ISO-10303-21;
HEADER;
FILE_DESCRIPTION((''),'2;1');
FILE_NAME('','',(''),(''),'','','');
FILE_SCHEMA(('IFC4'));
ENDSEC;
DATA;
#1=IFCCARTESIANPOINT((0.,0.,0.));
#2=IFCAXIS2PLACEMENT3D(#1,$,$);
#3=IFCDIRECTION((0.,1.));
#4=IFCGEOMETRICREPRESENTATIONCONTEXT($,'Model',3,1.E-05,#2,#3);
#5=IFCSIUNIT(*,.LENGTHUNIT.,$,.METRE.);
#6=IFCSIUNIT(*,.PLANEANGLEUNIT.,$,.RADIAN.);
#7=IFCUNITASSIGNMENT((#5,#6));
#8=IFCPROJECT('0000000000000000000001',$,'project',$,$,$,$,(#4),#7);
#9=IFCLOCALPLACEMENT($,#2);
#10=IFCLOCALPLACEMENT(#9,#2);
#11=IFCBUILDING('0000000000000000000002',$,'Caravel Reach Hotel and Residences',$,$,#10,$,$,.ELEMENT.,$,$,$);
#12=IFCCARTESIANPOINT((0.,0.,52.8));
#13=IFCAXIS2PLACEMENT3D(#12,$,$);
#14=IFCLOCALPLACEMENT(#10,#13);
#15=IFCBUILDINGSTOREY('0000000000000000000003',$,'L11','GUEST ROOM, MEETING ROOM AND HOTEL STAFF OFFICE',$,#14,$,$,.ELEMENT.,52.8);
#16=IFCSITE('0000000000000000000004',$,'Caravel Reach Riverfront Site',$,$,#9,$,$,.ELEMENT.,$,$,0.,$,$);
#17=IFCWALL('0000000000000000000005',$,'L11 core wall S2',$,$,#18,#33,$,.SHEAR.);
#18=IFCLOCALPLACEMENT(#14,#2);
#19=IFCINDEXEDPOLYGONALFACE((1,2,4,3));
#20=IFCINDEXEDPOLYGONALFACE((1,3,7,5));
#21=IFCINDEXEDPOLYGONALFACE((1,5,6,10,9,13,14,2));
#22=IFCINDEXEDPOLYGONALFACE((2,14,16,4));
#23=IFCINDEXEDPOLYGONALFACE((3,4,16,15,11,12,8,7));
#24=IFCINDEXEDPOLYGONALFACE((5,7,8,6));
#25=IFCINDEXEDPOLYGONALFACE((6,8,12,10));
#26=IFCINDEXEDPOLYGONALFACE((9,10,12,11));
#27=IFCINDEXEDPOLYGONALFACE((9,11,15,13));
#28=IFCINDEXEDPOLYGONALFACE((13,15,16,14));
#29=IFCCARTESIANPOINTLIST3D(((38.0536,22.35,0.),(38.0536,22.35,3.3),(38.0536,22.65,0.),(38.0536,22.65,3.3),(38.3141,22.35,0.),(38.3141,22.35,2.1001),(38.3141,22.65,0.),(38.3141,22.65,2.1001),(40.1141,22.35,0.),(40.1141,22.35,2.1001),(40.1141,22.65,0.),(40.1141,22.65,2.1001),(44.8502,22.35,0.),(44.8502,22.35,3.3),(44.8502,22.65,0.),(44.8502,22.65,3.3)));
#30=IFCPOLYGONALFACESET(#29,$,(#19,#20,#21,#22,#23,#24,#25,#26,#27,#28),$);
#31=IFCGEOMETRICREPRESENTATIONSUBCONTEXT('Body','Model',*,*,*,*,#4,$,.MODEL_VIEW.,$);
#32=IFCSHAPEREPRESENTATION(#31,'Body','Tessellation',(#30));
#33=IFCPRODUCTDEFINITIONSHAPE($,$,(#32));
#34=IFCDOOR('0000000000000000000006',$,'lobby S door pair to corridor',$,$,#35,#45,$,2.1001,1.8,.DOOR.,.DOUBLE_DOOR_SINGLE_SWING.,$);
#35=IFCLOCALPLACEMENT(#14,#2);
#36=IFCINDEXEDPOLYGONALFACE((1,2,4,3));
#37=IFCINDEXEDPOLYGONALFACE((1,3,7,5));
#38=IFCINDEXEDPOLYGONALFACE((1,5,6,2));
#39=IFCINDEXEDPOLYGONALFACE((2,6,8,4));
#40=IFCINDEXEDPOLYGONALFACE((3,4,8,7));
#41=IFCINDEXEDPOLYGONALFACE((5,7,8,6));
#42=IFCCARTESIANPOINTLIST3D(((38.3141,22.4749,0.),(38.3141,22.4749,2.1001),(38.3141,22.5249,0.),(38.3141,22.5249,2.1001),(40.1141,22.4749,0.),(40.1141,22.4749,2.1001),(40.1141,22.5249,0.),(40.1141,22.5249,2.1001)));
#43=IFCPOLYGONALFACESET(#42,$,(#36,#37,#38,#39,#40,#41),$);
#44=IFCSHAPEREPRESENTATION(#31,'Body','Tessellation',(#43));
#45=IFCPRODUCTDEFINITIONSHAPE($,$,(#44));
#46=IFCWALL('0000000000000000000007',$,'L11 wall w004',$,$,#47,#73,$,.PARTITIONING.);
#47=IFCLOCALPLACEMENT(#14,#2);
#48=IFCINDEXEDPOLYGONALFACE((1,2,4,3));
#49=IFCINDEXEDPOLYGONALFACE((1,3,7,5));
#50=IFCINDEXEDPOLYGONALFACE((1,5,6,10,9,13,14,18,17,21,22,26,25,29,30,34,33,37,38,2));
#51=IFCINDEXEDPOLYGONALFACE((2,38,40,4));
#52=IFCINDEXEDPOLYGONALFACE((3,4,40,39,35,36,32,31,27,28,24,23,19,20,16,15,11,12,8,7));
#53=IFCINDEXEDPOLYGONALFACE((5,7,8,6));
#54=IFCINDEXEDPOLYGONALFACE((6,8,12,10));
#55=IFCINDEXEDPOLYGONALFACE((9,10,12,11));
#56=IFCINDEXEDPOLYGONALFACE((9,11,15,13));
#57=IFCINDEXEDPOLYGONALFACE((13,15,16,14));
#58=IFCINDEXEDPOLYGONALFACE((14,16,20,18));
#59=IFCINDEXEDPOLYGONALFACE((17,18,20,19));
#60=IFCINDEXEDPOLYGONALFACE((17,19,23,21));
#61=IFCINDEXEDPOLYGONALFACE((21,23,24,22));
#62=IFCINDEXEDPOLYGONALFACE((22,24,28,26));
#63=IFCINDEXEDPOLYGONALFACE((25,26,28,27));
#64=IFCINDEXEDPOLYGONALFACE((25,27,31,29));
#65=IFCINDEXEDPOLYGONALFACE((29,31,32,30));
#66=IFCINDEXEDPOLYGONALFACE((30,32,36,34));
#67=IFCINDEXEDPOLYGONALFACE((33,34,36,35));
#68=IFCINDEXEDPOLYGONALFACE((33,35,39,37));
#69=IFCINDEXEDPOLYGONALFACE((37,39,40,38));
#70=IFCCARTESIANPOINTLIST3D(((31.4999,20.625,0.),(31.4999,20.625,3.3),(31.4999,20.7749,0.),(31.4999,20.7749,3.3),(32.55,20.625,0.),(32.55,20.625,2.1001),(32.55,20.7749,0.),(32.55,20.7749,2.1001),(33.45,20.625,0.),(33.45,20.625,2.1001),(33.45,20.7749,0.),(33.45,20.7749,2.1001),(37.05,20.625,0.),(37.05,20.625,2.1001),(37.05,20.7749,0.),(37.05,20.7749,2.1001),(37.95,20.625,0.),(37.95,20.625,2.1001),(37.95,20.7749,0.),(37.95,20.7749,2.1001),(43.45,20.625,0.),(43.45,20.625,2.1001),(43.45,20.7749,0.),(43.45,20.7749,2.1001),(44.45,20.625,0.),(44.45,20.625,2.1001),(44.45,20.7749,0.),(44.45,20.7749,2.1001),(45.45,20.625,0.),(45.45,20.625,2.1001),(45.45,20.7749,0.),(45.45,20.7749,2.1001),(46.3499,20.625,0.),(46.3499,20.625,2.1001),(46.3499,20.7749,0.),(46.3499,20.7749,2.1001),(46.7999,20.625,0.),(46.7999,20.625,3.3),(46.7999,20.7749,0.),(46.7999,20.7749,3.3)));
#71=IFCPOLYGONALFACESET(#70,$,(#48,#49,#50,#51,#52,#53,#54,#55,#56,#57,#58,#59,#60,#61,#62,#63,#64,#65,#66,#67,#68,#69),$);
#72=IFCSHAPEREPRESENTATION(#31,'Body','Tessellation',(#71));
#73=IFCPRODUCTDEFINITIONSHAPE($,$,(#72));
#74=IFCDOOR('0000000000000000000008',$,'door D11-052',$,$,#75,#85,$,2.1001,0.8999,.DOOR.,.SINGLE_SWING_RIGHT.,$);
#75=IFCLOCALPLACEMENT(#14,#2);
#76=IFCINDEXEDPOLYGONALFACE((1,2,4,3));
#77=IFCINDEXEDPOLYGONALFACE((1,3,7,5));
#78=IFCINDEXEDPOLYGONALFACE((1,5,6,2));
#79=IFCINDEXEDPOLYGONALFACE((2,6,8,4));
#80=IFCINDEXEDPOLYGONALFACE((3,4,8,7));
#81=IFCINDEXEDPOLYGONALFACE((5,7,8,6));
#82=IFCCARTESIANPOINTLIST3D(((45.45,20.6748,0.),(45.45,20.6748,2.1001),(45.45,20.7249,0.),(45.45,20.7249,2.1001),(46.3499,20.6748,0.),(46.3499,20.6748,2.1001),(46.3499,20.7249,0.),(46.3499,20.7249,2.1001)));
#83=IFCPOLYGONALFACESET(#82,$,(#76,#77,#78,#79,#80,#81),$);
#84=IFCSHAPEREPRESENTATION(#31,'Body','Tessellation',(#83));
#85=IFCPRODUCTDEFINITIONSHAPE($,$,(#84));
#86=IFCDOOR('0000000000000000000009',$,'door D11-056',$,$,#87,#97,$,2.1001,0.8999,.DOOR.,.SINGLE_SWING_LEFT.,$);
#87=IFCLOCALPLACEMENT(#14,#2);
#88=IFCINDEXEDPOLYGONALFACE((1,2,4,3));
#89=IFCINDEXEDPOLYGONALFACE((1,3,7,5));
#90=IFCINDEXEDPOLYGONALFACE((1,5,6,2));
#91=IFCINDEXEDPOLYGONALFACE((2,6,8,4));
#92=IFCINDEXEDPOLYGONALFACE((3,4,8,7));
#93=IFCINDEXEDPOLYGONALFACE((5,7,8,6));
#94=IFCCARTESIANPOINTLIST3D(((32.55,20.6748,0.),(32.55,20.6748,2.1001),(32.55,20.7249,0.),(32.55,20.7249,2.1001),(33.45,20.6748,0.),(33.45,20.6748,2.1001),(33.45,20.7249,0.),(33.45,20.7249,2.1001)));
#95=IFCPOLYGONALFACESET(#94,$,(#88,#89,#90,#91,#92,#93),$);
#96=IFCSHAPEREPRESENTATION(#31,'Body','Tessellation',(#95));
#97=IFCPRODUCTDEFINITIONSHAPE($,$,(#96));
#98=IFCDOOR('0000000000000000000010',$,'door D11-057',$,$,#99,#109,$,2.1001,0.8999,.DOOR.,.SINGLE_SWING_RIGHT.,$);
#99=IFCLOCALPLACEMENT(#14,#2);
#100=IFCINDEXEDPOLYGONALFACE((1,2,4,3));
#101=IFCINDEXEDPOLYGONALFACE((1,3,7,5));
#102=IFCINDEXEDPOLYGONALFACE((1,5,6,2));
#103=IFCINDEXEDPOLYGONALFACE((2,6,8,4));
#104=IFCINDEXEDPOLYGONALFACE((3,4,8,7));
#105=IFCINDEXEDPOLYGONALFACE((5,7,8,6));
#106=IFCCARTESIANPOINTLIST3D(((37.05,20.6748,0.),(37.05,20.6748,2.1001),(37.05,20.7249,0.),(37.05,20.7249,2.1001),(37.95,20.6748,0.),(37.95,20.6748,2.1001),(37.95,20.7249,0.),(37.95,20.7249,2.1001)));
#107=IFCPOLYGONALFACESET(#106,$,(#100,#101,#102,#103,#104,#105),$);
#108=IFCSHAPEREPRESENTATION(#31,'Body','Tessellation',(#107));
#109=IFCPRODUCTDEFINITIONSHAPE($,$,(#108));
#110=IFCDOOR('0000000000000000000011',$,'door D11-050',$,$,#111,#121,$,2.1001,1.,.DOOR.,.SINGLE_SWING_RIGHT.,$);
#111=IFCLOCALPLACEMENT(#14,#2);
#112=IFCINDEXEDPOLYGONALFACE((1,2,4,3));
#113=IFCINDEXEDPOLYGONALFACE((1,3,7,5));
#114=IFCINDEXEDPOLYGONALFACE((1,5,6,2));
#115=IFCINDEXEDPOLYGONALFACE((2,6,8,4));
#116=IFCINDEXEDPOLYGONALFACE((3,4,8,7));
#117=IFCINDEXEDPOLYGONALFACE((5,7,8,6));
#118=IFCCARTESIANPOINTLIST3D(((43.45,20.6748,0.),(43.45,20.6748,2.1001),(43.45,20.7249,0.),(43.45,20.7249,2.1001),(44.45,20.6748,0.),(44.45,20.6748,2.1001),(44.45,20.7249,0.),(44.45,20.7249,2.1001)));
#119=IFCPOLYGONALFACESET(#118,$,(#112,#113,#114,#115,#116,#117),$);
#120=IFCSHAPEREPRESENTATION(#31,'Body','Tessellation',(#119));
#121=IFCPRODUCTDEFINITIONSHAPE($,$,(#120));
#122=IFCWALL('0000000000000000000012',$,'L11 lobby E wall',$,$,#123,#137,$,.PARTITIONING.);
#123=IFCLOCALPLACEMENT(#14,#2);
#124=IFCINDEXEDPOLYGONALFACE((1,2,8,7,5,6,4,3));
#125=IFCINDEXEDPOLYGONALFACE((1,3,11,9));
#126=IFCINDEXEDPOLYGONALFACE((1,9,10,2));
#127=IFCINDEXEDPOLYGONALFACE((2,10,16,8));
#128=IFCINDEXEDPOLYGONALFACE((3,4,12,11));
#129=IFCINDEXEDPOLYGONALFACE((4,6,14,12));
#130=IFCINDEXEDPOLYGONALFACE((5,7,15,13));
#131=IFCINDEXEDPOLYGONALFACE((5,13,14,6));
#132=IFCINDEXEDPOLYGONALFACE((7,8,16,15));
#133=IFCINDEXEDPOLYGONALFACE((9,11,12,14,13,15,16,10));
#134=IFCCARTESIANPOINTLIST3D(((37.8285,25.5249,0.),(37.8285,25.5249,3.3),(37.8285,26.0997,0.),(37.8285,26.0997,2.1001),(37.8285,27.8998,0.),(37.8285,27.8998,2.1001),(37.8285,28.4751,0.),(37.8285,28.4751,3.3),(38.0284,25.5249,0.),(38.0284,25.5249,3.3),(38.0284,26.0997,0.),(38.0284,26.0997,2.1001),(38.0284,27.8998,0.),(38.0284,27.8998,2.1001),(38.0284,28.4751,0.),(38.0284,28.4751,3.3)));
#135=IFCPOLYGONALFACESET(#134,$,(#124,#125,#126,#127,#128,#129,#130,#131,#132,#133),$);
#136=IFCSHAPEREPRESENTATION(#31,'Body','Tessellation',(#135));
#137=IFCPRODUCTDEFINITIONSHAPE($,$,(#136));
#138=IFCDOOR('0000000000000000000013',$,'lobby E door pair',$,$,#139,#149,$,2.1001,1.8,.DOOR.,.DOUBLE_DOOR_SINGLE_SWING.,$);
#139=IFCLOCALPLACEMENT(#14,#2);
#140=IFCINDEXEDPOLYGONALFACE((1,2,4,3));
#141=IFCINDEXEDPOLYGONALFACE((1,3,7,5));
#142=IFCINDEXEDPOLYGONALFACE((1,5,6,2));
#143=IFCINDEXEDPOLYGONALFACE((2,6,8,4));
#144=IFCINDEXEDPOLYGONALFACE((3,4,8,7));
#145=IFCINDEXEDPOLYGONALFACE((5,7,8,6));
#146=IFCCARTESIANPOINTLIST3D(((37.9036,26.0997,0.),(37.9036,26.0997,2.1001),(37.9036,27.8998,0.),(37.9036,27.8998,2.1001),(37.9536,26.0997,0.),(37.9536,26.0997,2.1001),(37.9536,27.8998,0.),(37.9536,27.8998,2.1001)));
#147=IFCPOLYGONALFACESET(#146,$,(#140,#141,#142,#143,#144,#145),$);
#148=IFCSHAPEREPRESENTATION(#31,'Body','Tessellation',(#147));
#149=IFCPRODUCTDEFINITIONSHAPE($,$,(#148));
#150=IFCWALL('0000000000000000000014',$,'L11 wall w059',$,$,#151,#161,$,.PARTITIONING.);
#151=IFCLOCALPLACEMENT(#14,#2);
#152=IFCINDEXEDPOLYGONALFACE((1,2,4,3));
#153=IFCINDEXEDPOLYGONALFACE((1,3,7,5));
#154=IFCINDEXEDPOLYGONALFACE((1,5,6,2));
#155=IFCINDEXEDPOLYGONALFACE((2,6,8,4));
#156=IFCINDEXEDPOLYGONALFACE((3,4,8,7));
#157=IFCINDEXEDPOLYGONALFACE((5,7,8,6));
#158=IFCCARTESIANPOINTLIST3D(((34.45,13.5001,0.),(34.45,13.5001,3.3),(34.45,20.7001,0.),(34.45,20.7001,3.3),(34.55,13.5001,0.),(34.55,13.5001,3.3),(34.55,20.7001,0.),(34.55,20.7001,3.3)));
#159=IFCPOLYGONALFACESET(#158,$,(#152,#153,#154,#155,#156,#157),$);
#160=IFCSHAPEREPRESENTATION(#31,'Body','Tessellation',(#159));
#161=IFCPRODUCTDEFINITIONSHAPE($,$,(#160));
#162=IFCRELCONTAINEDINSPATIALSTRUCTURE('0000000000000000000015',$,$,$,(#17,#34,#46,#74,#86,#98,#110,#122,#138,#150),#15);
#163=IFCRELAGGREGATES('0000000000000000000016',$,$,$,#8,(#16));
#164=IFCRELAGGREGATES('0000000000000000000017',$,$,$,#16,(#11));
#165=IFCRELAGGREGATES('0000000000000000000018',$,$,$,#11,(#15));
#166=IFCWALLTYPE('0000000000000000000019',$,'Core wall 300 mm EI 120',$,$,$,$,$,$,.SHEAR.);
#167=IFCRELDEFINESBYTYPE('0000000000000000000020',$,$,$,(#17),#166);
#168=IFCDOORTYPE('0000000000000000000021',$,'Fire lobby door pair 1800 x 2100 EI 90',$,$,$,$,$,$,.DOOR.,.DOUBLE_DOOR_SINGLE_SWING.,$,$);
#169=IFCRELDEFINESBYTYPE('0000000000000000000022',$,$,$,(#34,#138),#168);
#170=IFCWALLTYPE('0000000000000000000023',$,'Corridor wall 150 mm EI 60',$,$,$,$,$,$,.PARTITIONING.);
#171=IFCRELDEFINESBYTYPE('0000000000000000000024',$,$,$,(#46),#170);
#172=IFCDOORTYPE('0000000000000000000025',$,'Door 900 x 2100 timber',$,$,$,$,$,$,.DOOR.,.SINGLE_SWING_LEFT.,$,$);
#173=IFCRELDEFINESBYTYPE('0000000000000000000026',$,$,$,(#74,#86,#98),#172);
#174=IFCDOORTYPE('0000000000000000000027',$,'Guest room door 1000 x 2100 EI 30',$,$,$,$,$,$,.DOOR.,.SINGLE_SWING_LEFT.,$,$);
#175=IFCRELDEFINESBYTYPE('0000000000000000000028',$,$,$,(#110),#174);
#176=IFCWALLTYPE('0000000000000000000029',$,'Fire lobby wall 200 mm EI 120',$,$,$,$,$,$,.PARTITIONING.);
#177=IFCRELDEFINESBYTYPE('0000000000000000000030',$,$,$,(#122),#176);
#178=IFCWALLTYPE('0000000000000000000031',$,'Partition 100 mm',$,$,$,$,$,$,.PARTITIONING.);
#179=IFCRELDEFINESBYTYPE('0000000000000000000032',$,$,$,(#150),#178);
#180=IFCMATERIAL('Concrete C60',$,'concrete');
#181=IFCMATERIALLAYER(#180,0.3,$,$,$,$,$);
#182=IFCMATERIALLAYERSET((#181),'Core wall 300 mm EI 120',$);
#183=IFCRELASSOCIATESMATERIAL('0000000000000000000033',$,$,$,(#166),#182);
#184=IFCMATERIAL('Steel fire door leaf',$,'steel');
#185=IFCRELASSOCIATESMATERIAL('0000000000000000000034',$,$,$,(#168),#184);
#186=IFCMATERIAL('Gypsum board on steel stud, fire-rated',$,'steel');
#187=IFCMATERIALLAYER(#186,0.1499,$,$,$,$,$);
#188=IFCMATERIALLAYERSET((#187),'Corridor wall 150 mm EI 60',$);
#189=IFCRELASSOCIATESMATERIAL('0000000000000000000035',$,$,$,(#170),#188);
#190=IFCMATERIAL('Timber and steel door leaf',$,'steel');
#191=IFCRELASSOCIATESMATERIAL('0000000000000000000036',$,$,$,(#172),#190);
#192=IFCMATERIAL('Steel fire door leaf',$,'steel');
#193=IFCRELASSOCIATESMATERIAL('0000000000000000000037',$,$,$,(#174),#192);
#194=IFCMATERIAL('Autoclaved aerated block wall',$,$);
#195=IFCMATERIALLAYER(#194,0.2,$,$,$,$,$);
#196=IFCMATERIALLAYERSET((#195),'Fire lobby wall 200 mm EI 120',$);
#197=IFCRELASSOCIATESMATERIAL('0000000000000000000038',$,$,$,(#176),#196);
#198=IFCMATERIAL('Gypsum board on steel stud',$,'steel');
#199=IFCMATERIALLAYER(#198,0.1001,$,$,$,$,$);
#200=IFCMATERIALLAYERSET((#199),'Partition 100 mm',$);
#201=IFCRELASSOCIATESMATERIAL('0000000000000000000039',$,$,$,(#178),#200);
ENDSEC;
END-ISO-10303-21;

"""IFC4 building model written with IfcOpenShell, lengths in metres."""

from ifc_helpers import new_model, si_unit, direction, frame, frame_2d, origin, place, context, subcontext, project, spatial, rectangle, extrude, material, layer, layer_set, type_object, element, fill, save


model = new_model("IFC4")

# Units and contexts
model_context = context("Model", 3, precision=1e-05, world=origin(), true_north=direction((0.0, 1.0)))
body_context = subcontext(model_context, "Body", "Model", "MODEL_VIEW")
ifc_project = project(units=[si_unit("LENGTHUNIT", "METRE"), si_unit("PLANEANGLEUNIT", "RADIAN")], contexts=[model_context])

# Site, building, storey
site_placement = place(None, origin())
site = spatial("IfcSite", under=ifc_project, at=site_placement, Name="Caravel Reach Riverfront Site", CompositionType="ELEMENT", RefElevation=0.0)
building_placement = place(site_placement, origin())
building = spatial("IfcBuilding", under=site, at=building_placement, Name="Caravel Reach Hotel and Residences", CompositionType="ELEMENT")
storey_placement = place(building_placement, frame((0.0, 0.0, 52.8)))
storey = spatial("IfcBuildingStorey", under=building, at=storey_placement, Name="L11", Description="GUEST ROOM, MEETING ROOM AND HOTEL STAFF OFFICE", CompositionType="ELEMENT", Elevation=52.8)

# Wall, opening, door
ifc_material_1 = material(Name="Concrete C60", Category="concrete")
ifc_layer_1 = layer(ifc_material_1, 0.3)
ifc_layer_set_1 = layer_set([ifc_layer_1], Name="Core wall 300 mm EI 120")
wall_type_1 = type_object("IfcWallType", Name="Core wall 300 mm EI 120", PredefinedType="SHEAR", material=ifc_layer_set_1)
wall_1_placement = place(storey_placement, frame((38.0535, 22.5, 0.0), z_axis=(0.0, 0.0, 1.0), x_axis=(1.0, 0.0, 0.0)))
wall_1 = element("IfcWall", 1, at=wall_1_placement, inside=storey, type_object=wall_type_1, Name="L11 core wall S2", PredefinedType="SHEAR", context=body_context, shape_type="SweptSolid", body=[
    extrude(rectangle(XDim=6.7966, YDim=0.3, at=frame_2d((3.3984, 0.0))), origin(), (0.0, 0.0, 1.0), 3.3),
])
opening_1_placement = place(wall_1_placement, frame((0.2607, 0.0, 0.0)))
opening_1 = element("IfcOpeningElement", 2, at=opening_1_placement, cuts=wall_1, PredefinedType="OPENING", context=body_context, shape_type="SweptSolid", body=[
    extrude(rectangle(XDim=1.8, YDim=2.1001, at=frame_2d((0.8999, 1.05))), frame((0.0, 0.1599, 0.0), z_axis=(0.0, -1.0, 0.0), x_axis=(1.0, 0.0, 0.0)), (0.0, 0.0, 1.0), 0.3201),
])
ifc_material_2 = material(Name="Steel fire door leaf", Category="steel")
door_type_1 = type_object("IfcDoorType", Name="Fire lobby door pair 1800 x 2100 EI 90", OperationType="DOUBLE_DOOR_SINGLE_SWING", PredefinedType="DOOR", material=ifc_material_2)
door_1_placement = place(opening_1_placement, origin())
door_1 = element("IfcDoor", 3, at=door_1_placement, inside=storey, type_object=door_type_1, Name="lobby S door pair to corridor", OperationType="DOUBLE_DOOR_SINGLE_SWING", OverallHeight=2.1001, OverallWidth=1.8, PredefinedType="DOOR", context=body_context, shape_type="SweptSolid", body=[
    extrude(rectangle(XDim=1.8, YDim=2.1001, at=frame_2d((0.8999, 1.05))), frame((0.0, 0.0249, 0.0), z_axis=(0.0, -1.0, 0.0), x_axis=(1.0, 0.0, 0.0)), (0.0, 0.0, 1.0), 0.05),
])
fill(opening_1, door_1)

# Wall, openings, doors
ifc_material_3 = material(Name="Gypsum board on steel stud, fire-rated", Category="steel")
ifc_layer_2 = layer(ifc_material_3, 0.1499)
ifc_layer_set_2 = layer_set([ifc_layer_2], Name="Corridor wall 150 mm EI 60")
wall_type_2 = type_object("IfcWallType", Name="Corridor wall 150 mm EI 60", PredefinedType="PARTITIONING", material=ifc_layer_set_2)
wall_2_placement = place(storey_placement, frame((31.5, 20.7, 0.0), z_axis=(0.0, 0.0, 1.0), x_axis=(1.0, 0.0, 0.0)))
wall_2 = element("IfcWall", 4, at=wall_2_placement, inside=storey, type_object=wall_type_2, Name="L11 wall w004", PredefinedType="PARTITIONING", context=body_context, shape_type="SweptSolid", body=[
    extrude(rectangle(XDim=15.3, YDim=0.1499, at=frame_2d((7.6499, 0.0))), origin(), (0.0, 0.0, 1.0), 3.3),
])
opening_2_placement = place(wall_2_placement, frame((11.95, 0.0, 0.0)))
opening_2 = element("IfcOpeningElement", 5, at=opening_2_placement, cuts=wall_2, PredefinedType="OPENING", context=body_context, shape_type="SweptSolid", body=[
    extrude(rectangle(XDim=1.0, YDim=2.1001, at=frame_2d((0.5, 1.05))), frame((0.0, 0.085, 0.0), z_axis=(0.0, -1.0, 0.0), x_axis=(1.0, 0.0, 0.0)), (0.0, 0.0, 1.0), 0.1699),
])
opening_3_placement = place(wall_2_placement, frame((13.95, 0.0, 0.0)))
opening_3 = element("IfcOpeningElement", 6, at=opening_3_placement, cuts=wall_2, PredefinedType="OPENING", context=body_context, shape_type="SweptSolid", body=[
    extrude(rectangle(XDim=0.8999, YDim=2.1001, at=frame_2d((0.45, 1.05))), frame((0.0, 0.085, 0.0), z_axis=(0.0, -1.0, 0.0), x_axis=(1.0, 0.0, 0.0)), (0.0, 0.0, 1.0), 0.1699),
])
opening_4_placement = place(wall_2_placement, frame((1.05, 0.0, 0.0)))
opening_4 = element("IfcOpeningElement", 7, at=opening_4_placement, cuts=wall_2, PredefinedType="OPENING", context=body_context, shape_type="SweptSolid", body=[
    extrude(rectangle(XDim=0.8999, YDim=2.1001, at=frame_2d((0.45, 1.05))), frame((0.0, 0.085, 0.0), z_axis=(0.0, -1.0, 0.0), x_axis=(1.0, 0.0, 0.0)), (0.0, 0.0, 1.0), 0.1699),
])
opening_5_placement = place(wall_2_placement, frame((5.55, 0.0, 0.0)))
opening_5 = element("IfcOpeningElement", 8, at=opening_5_placement, cuts=wall_2, PredefinedType="OPENING", context=body_context, shape_type="SweptSolid", body=[
    extrude(rectangle(XDim=0.8999, YDim=2.1001, at=frame_2d((0.45, 1.05))), frame((0.0, 0.085, 0.0), z_axis=(0.0, -1.0, 0.0), x_axis=(1.0, 0.0, 0.0)), (0.0, 0.0, 1.0), 0.1699),
])
ifc_material_4 = material(Name="Timber and steel door leaf", Category="steel")
door_type_2 = type_object("IfcDoorType", Name="Door 900 x 2100 timber", OperationType="SINGLE_SWING_LEFT", PredefinedType="DOOR", material=ifc_material_4)
door_2_placement = place(opening_3_placement, origin())
door_2 = element("IfcDoor", 9, at=door_2_placement, inside=storey, type_object=door_type_2, Name="door D11-052", OperationType="SINGLE_SWING_RIGHT", OverallHeight=2.1001, OverallWidth=0.8999, PredefinedType="DOOR", context=body_context, shape_type="SweptSolid", body=[
    extrude(rectangle(XDim=0.8999, YDim=2.1001, at=frame_2d((0.45, 1.05))), frame((0.0, 0.0249, 0.0), z_axis=(0.0, -1.0, 0.0), x_axis=(1.0, 0.0, 0.0)), (0.0, 0.0, 1.0), 0.05),
])
fill(opening_3, door_2)
door_3_placement = place(opening_4_placement, origin())
door_3 = element("IfcDoor", 10, at=door_3_placement, inside=storey, type_object=door_type_2, Name="door D11-056", OperationType="SINGLE_SWING_LEFT", OverallHeight=2.1001, OverallWidth=0.8999, PredefinedType="DOOR", context=body_context, shape_type="SweptSolid", body=[
    extrude(rectangle(XDim=0.8999, YDim=2.1001, at=frame_2d((0.45, 1.05))), frame((0.0, 0.0249, 0.0), z_axis=(0.0, -1.0, 0.0), x_axis=(1.0, 0.0, 0.0)), (0.0, 0.0, 1.0), 0.05),
])
fill(opening_4, door_3)
door_4_placement = place(opening_5_placement, origin())
door_4 = element("IfcDoor", 11, at=door_4_placement, inside=storey, type_object=door_type_2, Name="door D11-057", OperationType="SINGLE_SWING_RIGHT", OverallHeight=2.1001, OverallWidth=0.8999, PredefinedType="DOOR", context=body_context, shape_type="SweptSolid", body=[
    extrude(rectangle(XDim=0.8999, YDim=2.1001, at=frame_2d((0.45, 1.05))), frame((0.0, 0.0249, 0.0), z_axis=(0.0, -1.0, 0.0), x_axis=(1.0, 0.0, 0.0)), (0.0, 0.0, 1.0), 0.05),
])
fill(opening_5, door_4)
ifc_material_5 = material(Name="Steel fire door leaf", Category="steel")
door_type_3 = type_object("IfcDoorType", Name="Guest room door 1000 x 2100 EI 30", OperationType="SINGLE_SWING_LEFT", PredefinedType="DOOR", material=ifc_material_5)
door_5_placement = place(opening_2_placement, origin())
door_5 = element("IfcDoor", 12, at=door_5_placement, inside=storey, type_object=door_type_3, Name="door D11-050", OperationType="SINGLE_SWING_RIGHT", OverallHeight=2.1001, OverallWidth=1.0, PredefinedType="DOOR", context=body_context, shape_type="SweptSolid", body=[
    extrude(rectangle(XDim=1.0, YDim=2.1001, at=frame_2d((0.5, 1.05))), frame((0.0, 0.0249, 0.0), z_axis=(0.0, -1.0, 0.0), x_axis=(1.0, 0.0, 0.0)), (0.0, 0.0, 1.0), 0.05),
])
fill(opening_2, door_5)

# Wall, opening, door
ifc_material_6 = material(Name="Autoclaved aerated block wall")
ifc_layer_3 = layer(ifc_material_6, 0.2)
ifc_layer_set_3 = layer_set([ifc_layer_3], Name="Fire lobby wall 200 mm EI 120")
wall_type_3 = type_object("IfcWallType", Name="Fire lobby wall 200 mm EI 120", PredefinedType="PARTITIONING", material=ifc_layer_set_3)
wall_3_placement = place(storey_placement, frame((37.9285, 25.5249, 0.0), z_axis=(0.0, 0.0, 1.0), x_axis=(0.0, 1.0, 0.0)))
wall_3 = element("IfcWall", 13, at=wall_3_placement, inside=storey, type_object=wall_type_3, Name="L11 lobby E wall", PredefinedType="PARTITIONING", context=body_context, shape_type="SweptSolid", body=[
    extrude(rectangle(XDim=2.9502, YDim=0.2, at=frame_2d((1.4751, 0.0))), origin(), (0.0, 0.0, 1.0), 3.3),
])
opening_6_placement = place(wall_3_placement, frame((0.575, 0.0, 0.0)))
opening_6 = element("IfcOpeningElement", 14, at=opening_6_placement, cuts=wall_3, PredefinedType="OPENING", context=body_context, shape_type="SweptSolid", body=[
    extrude(rectangle(XDim=1.8, YDim=2.1001, at=frame_2d((0.8999, 1.05))), frame((0.0, 0.1099, 0.0), z_axis=(0.0, -1.0, 0.0), x_axis=(1.0, 0.0, 0.0)), (0.0, 0.0, 1.0), 0.22),
])
door_6_placement = place(opening_6_placement, origin())
door_6 = element("IfcDoor", 15, at=door_6_placement, inside=storey, type_object=door_type_1, Name="lobby E door pair", OperationType="DOUBLE_DOOR_SINGLE_SWING", OverallHeight=2.1001, OverallWidth=1.8, PredefinedType="DOOR", context=body_context, shape_type="SweptSolid", body=[
    extrude(rectangle(XDim=1.8, YDim=2.1001, at=frame_2d((0.8999, 1.05))), frame((0.0, 0.0249, 0.0), z_axis=(0.0, -1.0, 0.0), x_axis=(1.0, 0.0, 0.0)), (0.0, 0.0, 1.0), 0.05),
])
fill(opening_6, door_6)

# Wall
ifc_material_7 = material(Name="Gypsum board on steel stud", Category="steel")
ifc_layer_4 = layer(ifc_material_7, 0.1001)
ifc_layer_set_4 = layer_set([ifc_layer_4], Name="Partition 100 mm")
wall_type_4 = type_object("IfcWallType", Name="Partition 100 mm", PredefinedType="PARTITIONING", material=ifc_layer_set_4)
wall_4_placement = place(storey_placement, frame((34.5, 13.5, 0.0), z_axis=(0.0, 0.0, 1.0), x_axis=(0.0, 1.0, 0.0)))
element("IfcWall", 16, at=wall_4_placement, inside=storey, type_object=wall_type_4, Name="L11 wall w059", PredefinedType="PARTITIONING", context=body_context, shape_type="SweptSolid", body=[
    extrude(rectangle(XDim=7.2, YDim=0.1001, at=frame_2d((3.6001, 0.0))), origin(), (0.0, 0.0, 1.0), 3.3),
])

save(model, "model.ifc")
